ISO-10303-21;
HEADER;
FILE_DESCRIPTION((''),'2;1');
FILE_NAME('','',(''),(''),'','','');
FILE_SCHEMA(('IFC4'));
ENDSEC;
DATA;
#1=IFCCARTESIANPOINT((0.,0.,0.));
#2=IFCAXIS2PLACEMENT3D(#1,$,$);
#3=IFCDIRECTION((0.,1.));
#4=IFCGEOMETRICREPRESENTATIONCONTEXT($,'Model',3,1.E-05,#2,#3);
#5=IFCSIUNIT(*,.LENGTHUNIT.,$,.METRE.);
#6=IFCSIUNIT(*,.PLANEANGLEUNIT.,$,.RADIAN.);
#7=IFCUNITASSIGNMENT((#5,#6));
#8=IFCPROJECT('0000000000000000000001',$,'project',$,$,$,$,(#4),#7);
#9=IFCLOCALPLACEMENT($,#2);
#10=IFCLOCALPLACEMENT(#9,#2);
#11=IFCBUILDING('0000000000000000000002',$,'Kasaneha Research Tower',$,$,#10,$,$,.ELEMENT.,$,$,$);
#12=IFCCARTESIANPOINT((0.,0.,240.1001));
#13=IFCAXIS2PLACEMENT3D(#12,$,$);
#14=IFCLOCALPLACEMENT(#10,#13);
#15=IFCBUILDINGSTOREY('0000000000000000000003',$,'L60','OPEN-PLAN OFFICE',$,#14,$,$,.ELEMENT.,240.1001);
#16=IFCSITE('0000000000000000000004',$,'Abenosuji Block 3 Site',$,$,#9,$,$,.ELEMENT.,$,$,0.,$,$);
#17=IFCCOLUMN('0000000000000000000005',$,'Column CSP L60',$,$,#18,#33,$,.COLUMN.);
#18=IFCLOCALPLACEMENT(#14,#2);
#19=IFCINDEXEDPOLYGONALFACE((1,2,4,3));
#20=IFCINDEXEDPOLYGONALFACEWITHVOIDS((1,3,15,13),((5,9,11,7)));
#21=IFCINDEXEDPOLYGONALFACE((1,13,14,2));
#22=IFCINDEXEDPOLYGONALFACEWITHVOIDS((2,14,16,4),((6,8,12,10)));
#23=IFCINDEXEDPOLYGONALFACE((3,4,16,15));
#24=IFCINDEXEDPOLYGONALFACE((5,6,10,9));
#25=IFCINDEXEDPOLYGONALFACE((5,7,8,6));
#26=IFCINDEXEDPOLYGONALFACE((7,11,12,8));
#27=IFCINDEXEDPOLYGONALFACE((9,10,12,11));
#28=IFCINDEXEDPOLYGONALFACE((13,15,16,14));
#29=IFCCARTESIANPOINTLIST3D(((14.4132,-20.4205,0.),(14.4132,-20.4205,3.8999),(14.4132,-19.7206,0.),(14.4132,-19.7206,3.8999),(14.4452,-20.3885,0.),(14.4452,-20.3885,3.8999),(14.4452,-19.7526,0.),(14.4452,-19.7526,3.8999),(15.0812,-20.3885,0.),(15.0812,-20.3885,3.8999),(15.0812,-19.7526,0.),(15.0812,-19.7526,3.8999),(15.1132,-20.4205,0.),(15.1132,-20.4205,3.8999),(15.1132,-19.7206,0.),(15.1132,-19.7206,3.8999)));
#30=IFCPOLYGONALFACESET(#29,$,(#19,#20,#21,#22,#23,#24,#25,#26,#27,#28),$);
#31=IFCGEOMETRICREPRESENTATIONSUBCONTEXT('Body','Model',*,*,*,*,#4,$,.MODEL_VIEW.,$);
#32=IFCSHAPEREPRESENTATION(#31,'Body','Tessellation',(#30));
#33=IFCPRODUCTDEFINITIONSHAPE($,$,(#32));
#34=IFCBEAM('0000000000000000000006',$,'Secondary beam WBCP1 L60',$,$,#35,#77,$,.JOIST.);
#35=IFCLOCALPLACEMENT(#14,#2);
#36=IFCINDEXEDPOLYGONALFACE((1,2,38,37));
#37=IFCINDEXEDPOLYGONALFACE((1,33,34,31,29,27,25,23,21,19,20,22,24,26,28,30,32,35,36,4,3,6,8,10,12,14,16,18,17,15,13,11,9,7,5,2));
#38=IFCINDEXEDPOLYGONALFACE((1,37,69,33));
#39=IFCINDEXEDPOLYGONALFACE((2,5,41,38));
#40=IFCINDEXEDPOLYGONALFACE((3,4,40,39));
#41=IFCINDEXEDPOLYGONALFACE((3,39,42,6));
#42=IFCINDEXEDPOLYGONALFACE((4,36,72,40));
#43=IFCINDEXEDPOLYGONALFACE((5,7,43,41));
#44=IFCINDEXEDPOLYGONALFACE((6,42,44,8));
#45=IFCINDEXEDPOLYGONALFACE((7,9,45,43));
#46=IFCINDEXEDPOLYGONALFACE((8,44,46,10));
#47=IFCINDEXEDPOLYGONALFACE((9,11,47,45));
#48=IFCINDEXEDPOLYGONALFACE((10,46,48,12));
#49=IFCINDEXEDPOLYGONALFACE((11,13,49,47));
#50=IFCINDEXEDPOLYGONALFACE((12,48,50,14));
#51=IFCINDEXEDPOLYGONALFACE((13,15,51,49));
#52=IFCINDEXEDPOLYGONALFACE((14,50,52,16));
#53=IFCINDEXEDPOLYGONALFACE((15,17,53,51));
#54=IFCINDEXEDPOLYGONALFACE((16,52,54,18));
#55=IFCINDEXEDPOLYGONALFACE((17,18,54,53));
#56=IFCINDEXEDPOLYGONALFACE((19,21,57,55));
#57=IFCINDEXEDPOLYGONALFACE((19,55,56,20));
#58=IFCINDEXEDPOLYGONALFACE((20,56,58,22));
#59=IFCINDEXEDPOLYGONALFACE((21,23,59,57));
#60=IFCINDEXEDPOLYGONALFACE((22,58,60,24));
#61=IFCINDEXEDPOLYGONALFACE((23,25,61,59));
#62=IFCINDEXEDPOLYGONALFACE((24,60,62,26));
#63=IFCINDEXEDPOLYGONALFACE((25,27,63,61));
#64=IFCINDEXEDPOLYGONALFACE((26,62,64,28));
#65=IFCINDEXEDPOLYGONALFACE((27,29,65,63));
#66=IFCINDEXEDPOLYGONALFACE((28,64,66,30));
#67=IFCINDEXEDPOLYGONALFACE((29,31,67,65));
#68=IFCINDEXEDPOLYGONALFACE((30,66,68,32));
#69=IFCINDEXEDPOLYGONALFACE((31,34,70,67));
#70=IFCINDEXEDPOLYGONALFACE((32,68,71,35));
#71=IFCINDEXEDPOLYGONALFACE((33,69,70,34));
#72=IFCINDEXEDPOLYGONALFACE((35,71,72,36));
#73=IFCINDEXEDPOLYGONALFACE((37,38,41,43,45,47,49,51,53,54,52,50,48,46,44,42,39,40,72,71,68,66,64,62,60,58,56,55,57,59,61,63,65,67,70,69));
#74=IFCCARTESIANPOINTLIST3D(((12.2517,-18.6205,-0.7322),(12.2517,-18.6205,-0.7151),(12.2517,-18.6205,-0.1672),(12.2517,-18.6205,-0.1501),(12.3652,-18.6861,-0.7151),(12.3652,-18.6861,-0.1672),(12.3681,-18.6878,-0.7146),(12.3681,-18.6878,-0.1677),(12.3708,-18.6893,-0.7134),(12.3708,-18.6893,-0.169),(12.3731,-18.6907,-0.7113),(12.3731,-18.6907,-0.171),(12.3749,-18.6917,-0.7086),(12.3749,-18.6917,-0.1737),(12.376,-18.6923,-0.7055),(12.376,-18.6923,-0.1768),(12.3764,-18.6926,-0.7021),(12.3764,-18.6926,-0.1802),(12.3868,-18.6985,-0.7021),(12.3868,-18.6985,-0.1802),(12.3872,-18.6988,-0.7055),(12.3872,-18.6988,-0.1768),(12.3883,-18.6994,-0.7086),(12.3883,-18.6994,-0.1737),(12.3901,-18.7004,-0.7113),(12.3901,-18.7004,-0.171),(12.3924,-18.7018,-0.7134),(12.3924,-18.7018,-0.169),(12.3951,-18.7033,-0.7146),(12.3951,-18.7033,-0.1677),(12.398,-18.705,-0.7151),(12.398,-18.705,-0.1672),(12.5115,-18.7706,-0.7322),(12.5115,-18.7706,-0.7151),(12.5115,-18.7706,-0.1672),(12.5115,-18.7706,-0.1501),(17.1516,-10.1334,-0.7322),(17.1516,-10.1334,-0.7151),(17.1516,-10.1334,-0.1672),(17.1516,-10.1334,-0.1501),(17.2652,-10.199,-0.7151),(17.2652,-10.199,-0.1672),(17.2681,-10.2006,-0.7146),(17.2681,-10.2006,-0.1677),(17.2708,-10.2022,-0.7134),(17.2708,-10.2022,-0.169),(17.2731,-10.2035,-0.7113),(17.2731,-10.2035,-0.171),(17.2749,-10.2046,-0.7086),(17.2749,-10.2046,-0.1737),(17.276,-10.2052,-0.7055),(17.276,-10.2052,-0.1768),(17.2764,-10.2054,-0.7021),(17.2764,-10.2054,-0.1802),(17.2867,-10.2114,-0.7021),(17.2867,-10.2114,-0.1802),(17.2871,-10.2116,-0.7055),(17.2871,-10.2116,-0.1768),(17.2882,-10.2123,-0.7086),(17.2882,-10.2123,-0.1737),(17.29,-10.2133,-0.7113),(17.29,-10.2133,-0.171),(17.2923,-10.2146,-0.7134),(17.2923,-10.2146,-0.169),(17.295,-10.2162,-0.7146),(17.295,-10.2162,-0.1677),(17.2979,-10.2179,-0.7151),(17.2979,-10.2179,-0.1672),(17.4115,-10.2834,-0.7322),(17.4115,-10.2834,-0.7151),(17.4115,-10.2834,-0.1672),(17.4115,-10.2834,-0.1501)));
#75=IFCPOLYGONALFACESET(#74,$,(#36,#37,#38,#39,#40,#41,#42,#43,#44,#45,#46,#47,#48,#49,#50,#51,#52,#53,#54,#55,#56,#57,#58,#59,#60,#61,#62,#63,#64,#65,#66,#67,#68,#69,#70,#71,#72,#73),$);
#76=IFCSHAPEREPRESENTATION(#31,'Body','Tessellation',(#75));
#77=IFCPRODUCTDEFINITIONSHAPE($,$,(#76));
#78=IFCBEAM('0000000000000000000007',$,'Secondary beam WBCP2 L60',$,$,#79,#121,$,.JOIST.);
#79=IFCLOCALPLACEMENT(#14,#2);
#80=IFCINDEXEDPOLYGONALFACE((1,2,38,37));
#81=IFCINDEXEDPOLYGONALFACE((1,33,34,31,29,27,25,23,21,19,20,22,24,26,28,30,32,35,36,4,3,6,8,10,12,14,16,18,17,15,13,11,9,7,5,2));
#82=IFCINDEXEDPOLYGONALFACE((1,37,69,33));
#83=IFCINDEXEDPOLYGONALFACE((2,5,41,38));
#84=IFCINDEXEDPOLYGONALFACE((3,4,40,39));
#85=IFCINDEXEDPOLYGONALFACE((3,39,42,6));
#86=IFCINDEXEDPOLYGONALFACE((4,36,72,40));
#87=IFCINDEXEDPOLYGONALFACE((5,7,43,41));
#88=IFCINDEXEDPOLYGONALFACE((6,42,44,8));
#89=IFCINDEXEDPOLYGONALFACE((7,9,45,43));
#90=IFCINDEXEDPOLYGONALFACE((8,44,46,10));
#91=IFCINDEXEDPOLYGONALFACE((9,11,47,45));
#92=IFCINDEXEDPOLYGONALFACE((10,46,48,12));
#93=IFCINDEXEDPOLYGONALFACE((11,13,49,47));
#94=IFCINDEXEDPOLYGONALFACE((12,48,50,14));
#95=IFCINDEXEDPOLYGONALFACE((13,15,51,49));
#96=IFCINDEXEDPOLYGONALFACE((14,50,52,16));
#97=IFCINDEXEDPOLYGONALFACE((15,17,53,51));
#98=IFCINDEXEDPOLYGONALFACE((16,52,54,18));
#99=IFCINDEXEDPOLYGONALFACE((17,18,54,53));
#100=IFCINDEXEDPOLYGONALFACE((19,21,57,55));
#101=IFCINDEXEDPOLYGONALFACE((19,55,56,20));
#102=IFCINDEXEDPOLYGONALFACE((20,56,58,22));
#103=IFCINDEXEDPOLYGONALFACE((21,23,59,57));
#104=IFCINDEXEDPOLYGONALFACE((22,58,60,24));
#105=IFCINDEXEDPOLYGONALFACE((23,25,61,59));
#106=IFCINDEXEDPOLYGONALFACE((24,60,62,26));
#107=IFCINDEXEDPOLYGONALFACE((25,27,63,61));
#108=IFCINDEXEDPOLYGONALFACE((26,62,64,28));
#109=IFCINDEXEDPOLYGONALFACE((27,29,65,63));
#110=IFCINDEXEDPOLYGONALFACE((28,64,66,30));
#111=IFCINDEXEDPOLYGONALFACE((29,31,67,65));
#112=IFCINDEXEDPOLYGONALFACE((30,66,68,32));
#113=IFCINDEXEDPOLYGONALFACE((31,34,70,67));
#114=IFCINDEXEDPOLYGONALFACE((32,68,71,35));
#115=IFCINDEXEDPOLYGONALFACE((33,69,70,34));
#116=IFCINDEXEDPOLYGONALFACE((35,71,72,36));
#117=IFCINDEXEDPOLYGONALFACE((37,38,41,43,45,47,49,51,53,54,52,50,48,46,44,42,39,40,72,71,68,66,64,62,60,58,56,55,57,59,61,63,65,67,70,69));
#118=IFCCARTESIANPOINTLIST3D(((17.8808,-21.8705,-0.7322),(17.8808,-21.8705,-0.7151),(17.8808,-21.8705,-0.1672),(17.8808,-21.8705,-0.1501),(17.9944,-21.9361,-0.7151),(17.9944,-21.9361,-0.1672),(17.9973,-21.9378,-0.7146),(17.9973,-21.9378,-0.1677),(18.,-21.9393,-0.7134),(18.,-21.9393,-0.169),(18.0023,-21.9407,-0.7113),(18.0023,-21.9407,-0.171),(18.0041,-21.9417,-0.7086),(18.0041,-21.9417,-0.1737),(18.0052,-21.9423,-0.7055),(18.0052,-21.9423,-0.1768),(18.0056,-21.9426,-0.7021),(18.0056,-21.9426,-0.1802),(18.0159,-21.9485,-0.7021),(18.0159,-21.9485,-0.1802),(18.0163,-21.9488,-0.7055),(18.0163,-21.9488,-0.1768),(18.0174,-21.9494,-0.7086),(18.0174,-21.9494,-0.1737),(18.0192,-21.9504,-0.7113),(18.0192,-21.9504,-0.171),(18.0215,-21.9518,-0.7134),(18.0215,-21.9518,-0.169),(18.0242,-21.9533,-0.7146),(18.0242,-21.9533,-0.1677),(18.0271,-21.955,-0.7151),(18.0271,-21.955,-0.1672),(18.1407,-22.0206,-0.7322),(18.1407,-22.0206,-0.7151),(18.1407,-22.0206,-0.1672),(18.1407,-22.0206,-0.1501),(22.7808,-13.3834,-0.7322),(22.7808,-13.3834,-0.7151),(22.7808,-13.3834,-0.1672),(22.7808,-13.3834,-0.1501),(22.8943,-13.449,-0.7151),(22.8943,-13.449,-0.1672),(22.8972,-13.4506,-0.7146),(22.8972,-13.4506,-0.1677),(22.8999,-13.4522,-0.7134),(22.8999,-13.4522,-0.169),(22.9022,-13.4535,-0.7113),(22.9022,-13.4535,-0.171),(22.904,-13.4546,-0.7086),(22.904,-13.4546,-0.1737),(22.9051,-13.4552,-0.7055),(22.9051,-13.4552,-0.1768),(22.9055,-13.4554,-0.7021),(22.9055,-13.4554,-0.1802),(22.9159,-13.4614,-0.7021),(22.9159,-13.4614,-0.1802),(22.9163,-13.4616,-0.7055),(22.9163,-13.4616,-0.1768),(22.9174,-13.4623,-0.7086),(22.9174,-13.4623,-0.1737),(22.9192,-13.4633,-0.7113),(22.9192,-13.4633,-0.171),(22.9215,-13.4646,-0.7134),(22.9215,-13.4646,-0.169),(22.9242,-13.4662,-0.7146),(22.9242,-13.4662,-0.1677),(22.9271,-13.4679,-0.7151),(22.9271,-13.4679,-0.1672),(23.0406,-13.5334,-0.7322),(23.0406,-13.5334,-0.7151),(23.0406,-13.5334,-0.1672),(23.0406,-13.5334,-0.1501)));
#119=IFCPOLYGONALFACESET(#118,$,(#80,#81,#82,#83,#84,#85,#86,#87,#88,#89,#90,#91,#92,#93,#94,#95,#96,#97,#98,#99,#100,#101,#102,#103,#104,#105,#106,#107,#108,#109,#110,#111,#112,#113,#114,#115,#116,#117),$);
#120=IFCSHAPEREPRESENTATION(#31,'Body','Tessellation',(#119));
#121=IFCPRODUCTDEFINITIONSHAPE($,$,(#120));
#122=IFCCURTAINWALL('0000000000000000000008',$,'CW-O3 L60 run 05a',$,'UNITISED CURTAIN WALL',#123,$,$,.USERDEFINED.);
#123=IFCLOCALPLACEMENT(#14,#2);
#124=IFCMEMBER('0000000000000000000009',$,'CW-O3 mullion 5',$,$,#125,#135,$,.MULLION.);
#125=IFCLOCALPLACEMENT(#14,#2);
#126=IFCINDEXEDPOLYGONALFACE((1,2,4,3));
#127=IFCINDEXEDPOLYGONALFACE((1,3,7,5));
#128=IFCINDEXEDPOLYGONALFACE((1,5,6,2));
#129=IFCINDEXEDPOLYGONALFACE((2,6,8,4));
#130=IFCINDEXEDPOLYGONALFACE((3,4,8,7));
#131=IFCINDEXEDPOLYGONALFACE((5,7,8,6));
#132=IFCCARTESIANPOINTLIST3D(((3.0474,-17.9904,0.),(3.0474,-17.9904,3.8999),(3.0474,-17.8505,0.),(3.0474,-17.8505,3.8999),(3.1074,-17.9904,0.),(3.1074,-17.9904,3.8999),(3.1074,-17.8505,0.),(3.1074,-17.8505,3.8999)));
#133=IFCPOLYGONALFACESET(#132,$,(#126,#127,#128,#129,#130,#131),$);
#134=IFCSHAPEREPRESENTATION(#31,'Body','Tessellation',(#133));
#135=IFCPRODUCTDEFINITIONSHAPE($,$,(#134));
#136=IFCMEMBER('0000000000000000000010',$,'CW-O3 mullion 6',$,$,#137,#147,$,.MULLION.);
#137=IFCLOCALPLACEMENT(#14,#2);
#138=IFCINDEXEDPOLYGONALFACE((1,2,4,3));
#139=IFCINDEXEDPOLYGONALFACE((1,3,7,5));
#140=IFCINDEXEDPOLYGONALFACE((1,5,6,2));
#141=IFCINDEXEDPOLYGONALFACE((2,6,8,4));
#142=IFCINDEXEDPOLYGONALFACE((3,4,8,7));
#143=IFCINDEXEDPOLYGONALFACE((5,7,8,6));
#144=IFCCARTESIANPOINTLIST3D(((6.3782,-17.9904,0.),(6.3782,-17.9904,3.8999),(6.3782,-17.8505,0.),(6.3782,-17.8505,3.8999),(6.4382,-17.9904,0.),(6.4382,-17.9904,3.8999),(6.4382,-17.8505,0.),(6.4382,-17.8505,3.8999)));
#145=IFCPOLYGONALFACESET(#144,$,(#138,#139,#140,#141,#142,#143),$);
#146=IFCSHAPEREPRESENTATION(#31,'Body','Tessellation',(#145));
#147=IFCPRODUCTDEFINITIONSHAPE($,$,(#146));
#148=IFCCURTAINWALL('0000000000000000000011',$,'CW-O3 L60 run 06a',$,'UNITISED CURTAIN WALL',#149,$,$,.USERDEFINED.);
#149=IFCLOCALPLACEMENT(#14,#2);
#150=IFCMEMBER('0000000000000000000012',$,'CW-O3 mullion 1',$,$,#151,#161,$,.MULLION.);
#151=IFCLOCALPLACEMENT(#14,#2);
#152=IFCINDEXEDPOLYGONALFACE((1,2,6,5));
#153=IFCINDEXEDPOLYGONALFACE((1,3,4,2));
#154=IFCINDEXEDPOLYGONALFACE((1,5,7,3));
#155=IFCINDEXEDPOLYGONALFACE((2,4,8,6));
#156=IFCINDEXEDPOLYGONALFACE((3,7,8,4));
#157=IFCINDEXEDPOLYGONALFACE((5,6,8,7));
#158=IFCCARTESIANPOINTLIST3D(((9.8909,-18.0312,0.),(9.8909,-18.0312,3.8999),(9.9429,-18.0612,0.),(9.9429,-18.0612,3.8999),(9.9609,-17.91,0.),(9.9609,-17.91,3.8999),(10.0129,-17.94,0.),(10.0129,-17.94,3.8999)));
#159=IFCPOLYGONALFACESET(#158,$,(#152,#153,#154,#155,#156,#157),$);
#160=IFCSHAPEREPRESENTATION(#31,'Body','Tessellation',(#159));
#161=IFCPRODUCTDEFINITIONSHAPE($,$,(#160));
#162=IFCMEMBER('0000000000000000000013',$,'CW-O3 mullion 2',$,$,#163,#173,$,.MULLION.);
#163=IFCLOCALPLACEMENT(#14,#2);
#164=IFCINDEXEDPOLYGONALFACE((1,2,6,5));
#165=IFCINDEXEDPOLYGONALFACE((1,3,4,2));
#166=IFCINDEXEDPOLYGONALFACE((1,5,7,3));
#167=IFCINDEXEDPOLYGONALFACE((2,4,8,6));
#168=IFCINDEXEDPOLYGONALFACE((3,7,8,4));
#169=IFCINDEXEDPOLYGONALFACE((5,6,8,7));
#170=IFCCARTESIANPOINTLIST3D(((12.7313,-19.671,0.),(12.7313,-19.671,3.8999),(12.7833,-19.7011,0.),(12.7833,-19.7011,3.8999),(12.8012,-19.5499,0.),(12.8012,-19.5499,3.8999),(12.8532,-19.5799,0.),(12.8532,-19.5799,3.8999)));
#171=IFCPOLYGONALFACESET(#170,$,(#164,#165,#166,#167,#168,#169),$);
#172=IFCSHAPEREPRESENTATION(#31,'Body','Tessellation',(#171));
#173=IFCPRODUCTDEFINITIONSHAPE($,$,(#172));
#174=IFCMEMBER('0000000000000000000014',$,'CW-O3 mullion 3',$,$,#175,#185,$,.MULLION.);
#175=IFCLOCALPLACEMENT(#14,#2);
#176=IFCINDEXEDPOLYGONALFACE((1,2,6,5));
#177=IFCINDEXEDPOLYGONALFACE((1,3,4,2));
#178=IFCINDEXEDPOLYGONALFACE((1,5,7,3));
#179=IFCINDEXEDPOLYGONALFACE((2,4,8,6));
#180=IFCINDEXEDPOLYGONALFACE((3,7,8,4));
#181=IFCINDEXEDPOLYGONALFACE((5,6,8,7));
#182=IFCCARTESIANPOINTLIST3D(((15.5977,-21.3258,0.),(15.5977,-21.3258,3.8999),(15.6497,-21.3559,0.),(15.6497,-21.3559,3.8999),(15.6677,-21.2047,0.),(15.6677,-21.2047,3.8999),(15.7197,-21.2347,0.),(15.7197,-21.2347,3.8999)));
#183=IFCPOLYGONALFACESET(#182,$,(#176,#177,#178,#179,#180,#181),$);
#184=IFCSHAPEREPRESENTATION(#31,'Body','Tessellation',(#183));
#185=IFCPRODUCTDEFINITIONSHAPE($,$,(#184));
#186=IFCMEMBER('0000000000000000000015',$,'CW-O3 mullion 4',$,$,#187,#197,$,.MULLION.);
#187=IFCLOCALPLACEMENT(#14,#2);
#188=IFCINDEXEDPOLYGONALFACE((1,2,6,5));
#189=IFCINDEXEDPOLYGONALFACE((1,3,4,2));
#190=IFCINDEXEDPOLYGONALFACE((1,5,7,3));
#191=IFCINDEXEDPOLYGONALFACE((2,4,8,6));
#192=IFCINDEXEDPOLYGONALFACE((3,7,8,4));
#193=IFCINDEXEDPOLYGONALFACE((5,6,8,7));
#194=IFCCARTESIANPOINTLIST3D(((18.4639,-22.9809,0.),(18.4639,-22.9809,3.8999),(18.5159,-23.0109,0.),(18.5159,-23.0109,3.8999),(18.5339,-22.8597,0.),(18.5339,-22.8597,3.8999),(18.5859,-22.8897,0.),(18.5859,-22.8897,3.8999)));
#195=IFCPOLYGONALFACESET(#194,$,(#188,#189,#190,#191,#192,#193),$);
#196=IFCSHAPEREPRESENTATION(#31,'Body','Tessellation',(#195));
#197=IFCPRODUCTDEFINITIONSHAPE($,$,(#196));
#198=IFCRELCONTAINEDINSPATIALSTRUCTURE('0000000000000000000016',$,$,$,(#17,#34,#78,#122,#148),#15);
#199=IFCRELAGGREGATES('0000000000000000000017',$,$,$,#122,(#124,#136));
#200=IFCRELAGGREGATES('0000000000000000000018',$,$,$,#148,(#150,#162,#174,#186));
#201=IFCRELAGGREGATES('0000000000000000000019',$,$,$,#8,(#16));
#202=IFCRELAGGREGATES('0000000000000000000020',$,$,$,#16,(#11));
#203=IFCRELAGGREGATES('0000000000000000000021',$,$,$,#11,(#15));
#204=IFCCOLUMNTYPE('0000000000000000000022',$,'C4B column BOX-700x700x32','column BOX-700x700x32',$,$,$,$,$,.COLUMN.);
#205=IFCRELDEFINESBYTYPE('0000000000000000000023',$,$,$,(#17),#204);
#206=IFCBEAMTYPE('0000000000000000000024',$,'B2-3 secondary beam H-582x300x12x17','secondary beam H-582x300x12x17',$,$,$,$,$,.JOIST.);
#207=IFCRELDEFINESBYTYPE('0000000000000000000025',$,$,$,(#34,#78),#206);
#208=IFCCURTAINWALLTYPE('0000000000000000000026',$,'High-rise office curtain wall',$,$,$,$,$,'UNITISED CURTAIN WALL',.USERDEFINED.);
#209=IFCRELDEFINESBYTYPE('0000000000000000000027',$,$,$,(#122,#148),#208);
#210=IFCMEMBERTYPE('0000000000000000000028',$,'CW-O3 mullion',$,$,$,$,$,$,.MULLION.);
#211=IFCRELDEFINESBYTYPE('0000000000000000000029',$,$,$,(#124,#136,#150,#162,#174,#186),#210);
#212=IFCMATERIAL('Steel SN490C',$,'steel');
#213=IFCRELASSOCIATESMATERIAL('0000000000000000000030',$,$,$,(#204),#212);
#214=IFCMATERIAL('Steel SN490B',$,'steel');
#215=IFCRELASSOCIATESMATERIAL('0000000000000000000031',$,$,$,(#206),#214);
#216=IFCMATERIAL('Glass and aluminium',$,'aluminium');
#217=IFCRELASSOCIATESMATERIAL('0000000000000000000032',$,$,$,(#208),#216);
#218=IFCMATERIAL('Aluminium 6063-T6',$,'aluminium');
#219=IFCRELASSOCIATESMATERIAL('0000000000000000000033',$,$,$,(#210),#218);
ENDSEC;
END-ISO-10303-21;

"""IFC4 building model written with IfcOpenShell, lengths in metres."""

from ifc_helpers import new_model, si_unit, direction, frame, origin, origin_2d, place, context, subcontext, project, spatial, rectangle, hollow_rectangle, i_section, extrude, material, material_profile, profile_set, type_object, element, aggregate, save


model = new_model("IFC4")

# Units and contexts
model_context = context("Model", 3, precision=1e-05, world=origin(), true_north=direction((0.0, 1.0)))
body_context = subcontext(model_context, "Body", "Model", "MODEL_VIEW")
ifc_project = project(units=[si_unit("LENGTHUNIT", "METRE"), si_unit("PLANEANGLEUNIT", "RADIAN")], contexts=[model_context])

# Site, building, storey
site_placement = place(None, origin())
site = spatial("IfcSite", under=ifc_project, at=site_placement, Name="Abenosuji Block 3 Site", CompositionType="ELEMENT", RefElevation=0.0)
building_placement = place(site_placement, origin())
building = spatial("IfcBuilding", under=site, at=building_placement, Name="Kasaneha Research Tower", CompositionType="ELEMENT")
storey_placement = place(building_placement, frame((0.0, 0.0, 240.1001)))
storey = spatial("IfcBuildingStorey", under=building, at=storey_placement, Name="L60", Description="OPEN-PLAN OFFICE", CompositionType="ELEMENT", Elevation=240.1001)

# Column
ifc_material_1 = material(Name="Steel SN490C", Category="steel")
ifc_material_profile_1 = material_profile(ifc_material_1, hollow_rectangle(XDim=0.7, YDim=0.7, WallThickness=0.032, at=origin_2d()), Name="BOX-700x700x32")
ifc_profile_set_1 = profile_set([ifc_material_profile_1], Name="Steel SN490C")
column_type = type_object("IfcColumnType", Name="C4B column BOX-700x700x32", Description="column BOX-700x700x32", PredefinedType="COLUMN", material=ifc_profile_set_1)
column_placement = place(storey_placement, frame((14.7632, -20.0706, 0.0), z_axis=(0.0, 0.0, 1.0), x_axis=(1.0, 0.0, 0.0)))
element("IfcColumn", 1, at=column_placement, inside=storey, type_object=column_type, Name="Column CSP L60", PredefinedType="COLUMN", context=body_context, shape_type="SweptSolid", body=[
    extrude(hollow_rectangle(XDim=0.7, YDim=0.7, WallThickness=0.032, at=origin_2d()), origin(), (0.0, 0.0, 1.0), 3.8999),
])

# Beams
ifc_material_2 = material(Name="Steel SN490B", Category="steel")
ifc_material_profile_2 = material_profile(ifc_material_2, i_section(OverallWidth=0.3, OverallDepth=0.582, WebThickness=0.012, FlangeThickness=0.0171, FilletRadius=0.0129, at=origin_2d()), Name="H-582x300x12x17")
ifc_profile_set_2 = profile_set([ifc_material_profile_2], Name="Steel SN490B")
beam_type_1 = type_object("IfcBeamType", Name="B2-3 secondary beam H-582x300x12x17", Description="secondary beam H-582x300x12x17", PredefinedType="JOIST", material=ifc_profile_set_2)
for number, where, z_axis, x_axis, name in (
    (2, (12.3816, -18.6956, -0.4412), (0.499992, 0.86603, 0.0), (-0.86603, 0.499992, 0.0), "Secondary beam WBCP1 L60"),
    (3, (18.0107, -21.9456, -0.4412), (0.499992, 0.86603, 0.0), (-0.86603, 0.499992, 0.0), "Secondary beam WBCP2 L60"),
):
    element("IfcBeam", number, at=place(storey_placement, frame(where, z_axis=z_axis, x_axis=x_axis)), inside=storey, type_object=beam_type_1, Name=name, PredefinedType="JOIST", context=body_context, shape_type="SweptSolid", body=[
        extrude(i_section(OverallWidth=0.3, OverallDepth=0.582, WebThickness=0.012, FlangeThickness=0.0171, FilletRadius=0.0129, at=origin_2d()), origin(), (0.0, 0.0, 1.0), 9.8),
    ])

# Curtain walls, members
ifc_material_3 = material(Name="Glass and aluminium", Category="aluminium")
curtain_wall_type = type_object("IfcCurtainWallType", Name="High-rise office curtain wall", ElementType="UNITISED CURTAIN WALL", PredefinedType="USERDEFINED", material=ifc_material_3)
curtain_wall_1_placement = place(storey_placement, origin())
curtain_wall_1 = element("IfcCurtainWall", 4, at=curtain_wall_1_placement, inside=storey, type_object=curtain_wall_type, Name="CW-O3 L60 run 05a", ObjectType="UNITISED CURTAIN WALL", PredefinedType="USERDEFINED")
ifc_material_4 = material(Name="Aluminium 6063-T6", Category="aluminium")
ifc_material_profile_3 = material_profile(ifc_material_4, rectangle(XDim=0.0601, YDim=0.1399, at=origin_2d()), Name="CW-O3 mullion 60x140")
ifc_profile_set_3 = profile_set([ifc_material_profile_3], Name="Aluminium 6063-T6")
member_type_1 = type_object("IfcMemberType", Name="CW-O3 mullion", PredefinedType="MULLION", material=ifc_profile_set_3)
member_1_placement = place(storey_placement, frame((3.0774, -17.9204, 0.0), z_axis=(0.0, 0.0, 1.0), x_axis=(1.0, 0.0, 0.0)))
member_1 = element("IfcMember", 5, at=member_1_placement, type_object=member_type_1, Name="CW-O3 mullion 5", PredefinedType="MULLION", context=body_context, shape_type="SweptSolid", body=[
    extrude(rectangle(XDim=0.0601, YDim=0.1399, at=origin_2d()), origin(), (0.0, 0.0, 1.0), 3.8999),
])
member_2_placement = place(storey_placement, frame((6.4082, -17.9204, 0.0), z_axis=(0.0, 0.0, 1.0), x_axis=(1.0, 0.0, 0.0)))
member_2 = element("IfcMember", 6, at=member_2_placement, type_object=member_type_1, Name="CW-O3 mullion 6", PredefinedType="MULLION", context=body_context, shape_type="SweptSolid", body=[
    extrude(rectangle(XDim=0.0601, YDim=0.1399, at=origin_2d()), origin(), (0.0, 0.0, 1.0), 3.8999),
])
curtain_wall_2_placement = place(storey_placement, origin())
curtain_wall_2 = element("IfcCurtainWall", 7, at=curtain_wall_2_placement, inside=storey, type_object=curtain_wall_type, Name="CW-O3 L60 run 06a", ObjectType="UNITISED CURTAIN WALL", PredefinedType="USERDEFINED")
member_3_placement = place(storey_placement, frame((9.9519, -17.9856, 0.0), z_axis=(0.0, 0.0, 1.0), x_axis=(0.866025, -0.5, 0.0)))
member_3 = element("IfcMember", 8, at=member_3_placement, type_object=member_type_1, Name="CW-O3 mullion 1", PredefinedType="MULLION", context=body_context, shape_type="SweptSolid", body=[
    extrude(rectangle(XDim=0.0601, YDim=0.1399, at=origin_2d()), origin(), (0.0, 0.0, 1.0), 3.8999),
])
member_4_placement = place(storey_placement, frame((12.7922, -19.6255, 0.0), z_axis=(0.0, 0.0, 1.0), x_axis=(0.866025, -0.5, 0.0)))
member_4 = element("IfcMember", 9, at=member_4_placement, type_object=member_type_1, Name="CW-O3 mullion 2", PredefinedType="MULLION", context=body_context, shape_type="SweptSolid", body=[
    extrude(rectangle(XDim=0.0601, YDim=0.1399, at=origin_2d()), origin(), (0.0, 0.0, 1.0), 3.8999),
])
member_5_placement = place(storey_placement, frame((15.6587, -21.2803, 0.0), z_axis=(0.0, 0.0, 1.0), x_axis=(0.866025, -0.5, 0.0)))
member_5 = element("IfcMember", 10, at=member_5_placement, type_object=member_type_1, Name="CW-O3 mullion 3", PredefinedType="MULLION", context=body_context, shape_type="SweptSolid", body=[
    extrude(rectangle(XDim=0.0601, YDim=0.1399, at=origin_2d()), origin(), (0.0, 0.0, 1.0), 3.8999),
])
member_6_placement = place(storey_placement, frame((18.5249, -22.9353, 0.0), z_axis=(0.0, 0.0, 1.0), x_axis=(0.866025, -0.5, 0.0)))
member_6 = element("IfcMember", 11, at=member_6_placement, type_object=member_type_1, Name="CW-O3 mullion 4", PredefinedType="MULLION", context=body_context, shape_type="SweptSolid", body=[
    extrude(rectangle(XDim=0.0601, YDim=0.1399, at=origin_2d()), origin(), (0.0, 0.0, 1.0), 3.8999),
])

aggregate(curtain_wall_1, [member_1, member_2])
aggregate(curtain_wall_2, [member_3, member_4, member_5, member_6])

save(model, "model.ifc")
